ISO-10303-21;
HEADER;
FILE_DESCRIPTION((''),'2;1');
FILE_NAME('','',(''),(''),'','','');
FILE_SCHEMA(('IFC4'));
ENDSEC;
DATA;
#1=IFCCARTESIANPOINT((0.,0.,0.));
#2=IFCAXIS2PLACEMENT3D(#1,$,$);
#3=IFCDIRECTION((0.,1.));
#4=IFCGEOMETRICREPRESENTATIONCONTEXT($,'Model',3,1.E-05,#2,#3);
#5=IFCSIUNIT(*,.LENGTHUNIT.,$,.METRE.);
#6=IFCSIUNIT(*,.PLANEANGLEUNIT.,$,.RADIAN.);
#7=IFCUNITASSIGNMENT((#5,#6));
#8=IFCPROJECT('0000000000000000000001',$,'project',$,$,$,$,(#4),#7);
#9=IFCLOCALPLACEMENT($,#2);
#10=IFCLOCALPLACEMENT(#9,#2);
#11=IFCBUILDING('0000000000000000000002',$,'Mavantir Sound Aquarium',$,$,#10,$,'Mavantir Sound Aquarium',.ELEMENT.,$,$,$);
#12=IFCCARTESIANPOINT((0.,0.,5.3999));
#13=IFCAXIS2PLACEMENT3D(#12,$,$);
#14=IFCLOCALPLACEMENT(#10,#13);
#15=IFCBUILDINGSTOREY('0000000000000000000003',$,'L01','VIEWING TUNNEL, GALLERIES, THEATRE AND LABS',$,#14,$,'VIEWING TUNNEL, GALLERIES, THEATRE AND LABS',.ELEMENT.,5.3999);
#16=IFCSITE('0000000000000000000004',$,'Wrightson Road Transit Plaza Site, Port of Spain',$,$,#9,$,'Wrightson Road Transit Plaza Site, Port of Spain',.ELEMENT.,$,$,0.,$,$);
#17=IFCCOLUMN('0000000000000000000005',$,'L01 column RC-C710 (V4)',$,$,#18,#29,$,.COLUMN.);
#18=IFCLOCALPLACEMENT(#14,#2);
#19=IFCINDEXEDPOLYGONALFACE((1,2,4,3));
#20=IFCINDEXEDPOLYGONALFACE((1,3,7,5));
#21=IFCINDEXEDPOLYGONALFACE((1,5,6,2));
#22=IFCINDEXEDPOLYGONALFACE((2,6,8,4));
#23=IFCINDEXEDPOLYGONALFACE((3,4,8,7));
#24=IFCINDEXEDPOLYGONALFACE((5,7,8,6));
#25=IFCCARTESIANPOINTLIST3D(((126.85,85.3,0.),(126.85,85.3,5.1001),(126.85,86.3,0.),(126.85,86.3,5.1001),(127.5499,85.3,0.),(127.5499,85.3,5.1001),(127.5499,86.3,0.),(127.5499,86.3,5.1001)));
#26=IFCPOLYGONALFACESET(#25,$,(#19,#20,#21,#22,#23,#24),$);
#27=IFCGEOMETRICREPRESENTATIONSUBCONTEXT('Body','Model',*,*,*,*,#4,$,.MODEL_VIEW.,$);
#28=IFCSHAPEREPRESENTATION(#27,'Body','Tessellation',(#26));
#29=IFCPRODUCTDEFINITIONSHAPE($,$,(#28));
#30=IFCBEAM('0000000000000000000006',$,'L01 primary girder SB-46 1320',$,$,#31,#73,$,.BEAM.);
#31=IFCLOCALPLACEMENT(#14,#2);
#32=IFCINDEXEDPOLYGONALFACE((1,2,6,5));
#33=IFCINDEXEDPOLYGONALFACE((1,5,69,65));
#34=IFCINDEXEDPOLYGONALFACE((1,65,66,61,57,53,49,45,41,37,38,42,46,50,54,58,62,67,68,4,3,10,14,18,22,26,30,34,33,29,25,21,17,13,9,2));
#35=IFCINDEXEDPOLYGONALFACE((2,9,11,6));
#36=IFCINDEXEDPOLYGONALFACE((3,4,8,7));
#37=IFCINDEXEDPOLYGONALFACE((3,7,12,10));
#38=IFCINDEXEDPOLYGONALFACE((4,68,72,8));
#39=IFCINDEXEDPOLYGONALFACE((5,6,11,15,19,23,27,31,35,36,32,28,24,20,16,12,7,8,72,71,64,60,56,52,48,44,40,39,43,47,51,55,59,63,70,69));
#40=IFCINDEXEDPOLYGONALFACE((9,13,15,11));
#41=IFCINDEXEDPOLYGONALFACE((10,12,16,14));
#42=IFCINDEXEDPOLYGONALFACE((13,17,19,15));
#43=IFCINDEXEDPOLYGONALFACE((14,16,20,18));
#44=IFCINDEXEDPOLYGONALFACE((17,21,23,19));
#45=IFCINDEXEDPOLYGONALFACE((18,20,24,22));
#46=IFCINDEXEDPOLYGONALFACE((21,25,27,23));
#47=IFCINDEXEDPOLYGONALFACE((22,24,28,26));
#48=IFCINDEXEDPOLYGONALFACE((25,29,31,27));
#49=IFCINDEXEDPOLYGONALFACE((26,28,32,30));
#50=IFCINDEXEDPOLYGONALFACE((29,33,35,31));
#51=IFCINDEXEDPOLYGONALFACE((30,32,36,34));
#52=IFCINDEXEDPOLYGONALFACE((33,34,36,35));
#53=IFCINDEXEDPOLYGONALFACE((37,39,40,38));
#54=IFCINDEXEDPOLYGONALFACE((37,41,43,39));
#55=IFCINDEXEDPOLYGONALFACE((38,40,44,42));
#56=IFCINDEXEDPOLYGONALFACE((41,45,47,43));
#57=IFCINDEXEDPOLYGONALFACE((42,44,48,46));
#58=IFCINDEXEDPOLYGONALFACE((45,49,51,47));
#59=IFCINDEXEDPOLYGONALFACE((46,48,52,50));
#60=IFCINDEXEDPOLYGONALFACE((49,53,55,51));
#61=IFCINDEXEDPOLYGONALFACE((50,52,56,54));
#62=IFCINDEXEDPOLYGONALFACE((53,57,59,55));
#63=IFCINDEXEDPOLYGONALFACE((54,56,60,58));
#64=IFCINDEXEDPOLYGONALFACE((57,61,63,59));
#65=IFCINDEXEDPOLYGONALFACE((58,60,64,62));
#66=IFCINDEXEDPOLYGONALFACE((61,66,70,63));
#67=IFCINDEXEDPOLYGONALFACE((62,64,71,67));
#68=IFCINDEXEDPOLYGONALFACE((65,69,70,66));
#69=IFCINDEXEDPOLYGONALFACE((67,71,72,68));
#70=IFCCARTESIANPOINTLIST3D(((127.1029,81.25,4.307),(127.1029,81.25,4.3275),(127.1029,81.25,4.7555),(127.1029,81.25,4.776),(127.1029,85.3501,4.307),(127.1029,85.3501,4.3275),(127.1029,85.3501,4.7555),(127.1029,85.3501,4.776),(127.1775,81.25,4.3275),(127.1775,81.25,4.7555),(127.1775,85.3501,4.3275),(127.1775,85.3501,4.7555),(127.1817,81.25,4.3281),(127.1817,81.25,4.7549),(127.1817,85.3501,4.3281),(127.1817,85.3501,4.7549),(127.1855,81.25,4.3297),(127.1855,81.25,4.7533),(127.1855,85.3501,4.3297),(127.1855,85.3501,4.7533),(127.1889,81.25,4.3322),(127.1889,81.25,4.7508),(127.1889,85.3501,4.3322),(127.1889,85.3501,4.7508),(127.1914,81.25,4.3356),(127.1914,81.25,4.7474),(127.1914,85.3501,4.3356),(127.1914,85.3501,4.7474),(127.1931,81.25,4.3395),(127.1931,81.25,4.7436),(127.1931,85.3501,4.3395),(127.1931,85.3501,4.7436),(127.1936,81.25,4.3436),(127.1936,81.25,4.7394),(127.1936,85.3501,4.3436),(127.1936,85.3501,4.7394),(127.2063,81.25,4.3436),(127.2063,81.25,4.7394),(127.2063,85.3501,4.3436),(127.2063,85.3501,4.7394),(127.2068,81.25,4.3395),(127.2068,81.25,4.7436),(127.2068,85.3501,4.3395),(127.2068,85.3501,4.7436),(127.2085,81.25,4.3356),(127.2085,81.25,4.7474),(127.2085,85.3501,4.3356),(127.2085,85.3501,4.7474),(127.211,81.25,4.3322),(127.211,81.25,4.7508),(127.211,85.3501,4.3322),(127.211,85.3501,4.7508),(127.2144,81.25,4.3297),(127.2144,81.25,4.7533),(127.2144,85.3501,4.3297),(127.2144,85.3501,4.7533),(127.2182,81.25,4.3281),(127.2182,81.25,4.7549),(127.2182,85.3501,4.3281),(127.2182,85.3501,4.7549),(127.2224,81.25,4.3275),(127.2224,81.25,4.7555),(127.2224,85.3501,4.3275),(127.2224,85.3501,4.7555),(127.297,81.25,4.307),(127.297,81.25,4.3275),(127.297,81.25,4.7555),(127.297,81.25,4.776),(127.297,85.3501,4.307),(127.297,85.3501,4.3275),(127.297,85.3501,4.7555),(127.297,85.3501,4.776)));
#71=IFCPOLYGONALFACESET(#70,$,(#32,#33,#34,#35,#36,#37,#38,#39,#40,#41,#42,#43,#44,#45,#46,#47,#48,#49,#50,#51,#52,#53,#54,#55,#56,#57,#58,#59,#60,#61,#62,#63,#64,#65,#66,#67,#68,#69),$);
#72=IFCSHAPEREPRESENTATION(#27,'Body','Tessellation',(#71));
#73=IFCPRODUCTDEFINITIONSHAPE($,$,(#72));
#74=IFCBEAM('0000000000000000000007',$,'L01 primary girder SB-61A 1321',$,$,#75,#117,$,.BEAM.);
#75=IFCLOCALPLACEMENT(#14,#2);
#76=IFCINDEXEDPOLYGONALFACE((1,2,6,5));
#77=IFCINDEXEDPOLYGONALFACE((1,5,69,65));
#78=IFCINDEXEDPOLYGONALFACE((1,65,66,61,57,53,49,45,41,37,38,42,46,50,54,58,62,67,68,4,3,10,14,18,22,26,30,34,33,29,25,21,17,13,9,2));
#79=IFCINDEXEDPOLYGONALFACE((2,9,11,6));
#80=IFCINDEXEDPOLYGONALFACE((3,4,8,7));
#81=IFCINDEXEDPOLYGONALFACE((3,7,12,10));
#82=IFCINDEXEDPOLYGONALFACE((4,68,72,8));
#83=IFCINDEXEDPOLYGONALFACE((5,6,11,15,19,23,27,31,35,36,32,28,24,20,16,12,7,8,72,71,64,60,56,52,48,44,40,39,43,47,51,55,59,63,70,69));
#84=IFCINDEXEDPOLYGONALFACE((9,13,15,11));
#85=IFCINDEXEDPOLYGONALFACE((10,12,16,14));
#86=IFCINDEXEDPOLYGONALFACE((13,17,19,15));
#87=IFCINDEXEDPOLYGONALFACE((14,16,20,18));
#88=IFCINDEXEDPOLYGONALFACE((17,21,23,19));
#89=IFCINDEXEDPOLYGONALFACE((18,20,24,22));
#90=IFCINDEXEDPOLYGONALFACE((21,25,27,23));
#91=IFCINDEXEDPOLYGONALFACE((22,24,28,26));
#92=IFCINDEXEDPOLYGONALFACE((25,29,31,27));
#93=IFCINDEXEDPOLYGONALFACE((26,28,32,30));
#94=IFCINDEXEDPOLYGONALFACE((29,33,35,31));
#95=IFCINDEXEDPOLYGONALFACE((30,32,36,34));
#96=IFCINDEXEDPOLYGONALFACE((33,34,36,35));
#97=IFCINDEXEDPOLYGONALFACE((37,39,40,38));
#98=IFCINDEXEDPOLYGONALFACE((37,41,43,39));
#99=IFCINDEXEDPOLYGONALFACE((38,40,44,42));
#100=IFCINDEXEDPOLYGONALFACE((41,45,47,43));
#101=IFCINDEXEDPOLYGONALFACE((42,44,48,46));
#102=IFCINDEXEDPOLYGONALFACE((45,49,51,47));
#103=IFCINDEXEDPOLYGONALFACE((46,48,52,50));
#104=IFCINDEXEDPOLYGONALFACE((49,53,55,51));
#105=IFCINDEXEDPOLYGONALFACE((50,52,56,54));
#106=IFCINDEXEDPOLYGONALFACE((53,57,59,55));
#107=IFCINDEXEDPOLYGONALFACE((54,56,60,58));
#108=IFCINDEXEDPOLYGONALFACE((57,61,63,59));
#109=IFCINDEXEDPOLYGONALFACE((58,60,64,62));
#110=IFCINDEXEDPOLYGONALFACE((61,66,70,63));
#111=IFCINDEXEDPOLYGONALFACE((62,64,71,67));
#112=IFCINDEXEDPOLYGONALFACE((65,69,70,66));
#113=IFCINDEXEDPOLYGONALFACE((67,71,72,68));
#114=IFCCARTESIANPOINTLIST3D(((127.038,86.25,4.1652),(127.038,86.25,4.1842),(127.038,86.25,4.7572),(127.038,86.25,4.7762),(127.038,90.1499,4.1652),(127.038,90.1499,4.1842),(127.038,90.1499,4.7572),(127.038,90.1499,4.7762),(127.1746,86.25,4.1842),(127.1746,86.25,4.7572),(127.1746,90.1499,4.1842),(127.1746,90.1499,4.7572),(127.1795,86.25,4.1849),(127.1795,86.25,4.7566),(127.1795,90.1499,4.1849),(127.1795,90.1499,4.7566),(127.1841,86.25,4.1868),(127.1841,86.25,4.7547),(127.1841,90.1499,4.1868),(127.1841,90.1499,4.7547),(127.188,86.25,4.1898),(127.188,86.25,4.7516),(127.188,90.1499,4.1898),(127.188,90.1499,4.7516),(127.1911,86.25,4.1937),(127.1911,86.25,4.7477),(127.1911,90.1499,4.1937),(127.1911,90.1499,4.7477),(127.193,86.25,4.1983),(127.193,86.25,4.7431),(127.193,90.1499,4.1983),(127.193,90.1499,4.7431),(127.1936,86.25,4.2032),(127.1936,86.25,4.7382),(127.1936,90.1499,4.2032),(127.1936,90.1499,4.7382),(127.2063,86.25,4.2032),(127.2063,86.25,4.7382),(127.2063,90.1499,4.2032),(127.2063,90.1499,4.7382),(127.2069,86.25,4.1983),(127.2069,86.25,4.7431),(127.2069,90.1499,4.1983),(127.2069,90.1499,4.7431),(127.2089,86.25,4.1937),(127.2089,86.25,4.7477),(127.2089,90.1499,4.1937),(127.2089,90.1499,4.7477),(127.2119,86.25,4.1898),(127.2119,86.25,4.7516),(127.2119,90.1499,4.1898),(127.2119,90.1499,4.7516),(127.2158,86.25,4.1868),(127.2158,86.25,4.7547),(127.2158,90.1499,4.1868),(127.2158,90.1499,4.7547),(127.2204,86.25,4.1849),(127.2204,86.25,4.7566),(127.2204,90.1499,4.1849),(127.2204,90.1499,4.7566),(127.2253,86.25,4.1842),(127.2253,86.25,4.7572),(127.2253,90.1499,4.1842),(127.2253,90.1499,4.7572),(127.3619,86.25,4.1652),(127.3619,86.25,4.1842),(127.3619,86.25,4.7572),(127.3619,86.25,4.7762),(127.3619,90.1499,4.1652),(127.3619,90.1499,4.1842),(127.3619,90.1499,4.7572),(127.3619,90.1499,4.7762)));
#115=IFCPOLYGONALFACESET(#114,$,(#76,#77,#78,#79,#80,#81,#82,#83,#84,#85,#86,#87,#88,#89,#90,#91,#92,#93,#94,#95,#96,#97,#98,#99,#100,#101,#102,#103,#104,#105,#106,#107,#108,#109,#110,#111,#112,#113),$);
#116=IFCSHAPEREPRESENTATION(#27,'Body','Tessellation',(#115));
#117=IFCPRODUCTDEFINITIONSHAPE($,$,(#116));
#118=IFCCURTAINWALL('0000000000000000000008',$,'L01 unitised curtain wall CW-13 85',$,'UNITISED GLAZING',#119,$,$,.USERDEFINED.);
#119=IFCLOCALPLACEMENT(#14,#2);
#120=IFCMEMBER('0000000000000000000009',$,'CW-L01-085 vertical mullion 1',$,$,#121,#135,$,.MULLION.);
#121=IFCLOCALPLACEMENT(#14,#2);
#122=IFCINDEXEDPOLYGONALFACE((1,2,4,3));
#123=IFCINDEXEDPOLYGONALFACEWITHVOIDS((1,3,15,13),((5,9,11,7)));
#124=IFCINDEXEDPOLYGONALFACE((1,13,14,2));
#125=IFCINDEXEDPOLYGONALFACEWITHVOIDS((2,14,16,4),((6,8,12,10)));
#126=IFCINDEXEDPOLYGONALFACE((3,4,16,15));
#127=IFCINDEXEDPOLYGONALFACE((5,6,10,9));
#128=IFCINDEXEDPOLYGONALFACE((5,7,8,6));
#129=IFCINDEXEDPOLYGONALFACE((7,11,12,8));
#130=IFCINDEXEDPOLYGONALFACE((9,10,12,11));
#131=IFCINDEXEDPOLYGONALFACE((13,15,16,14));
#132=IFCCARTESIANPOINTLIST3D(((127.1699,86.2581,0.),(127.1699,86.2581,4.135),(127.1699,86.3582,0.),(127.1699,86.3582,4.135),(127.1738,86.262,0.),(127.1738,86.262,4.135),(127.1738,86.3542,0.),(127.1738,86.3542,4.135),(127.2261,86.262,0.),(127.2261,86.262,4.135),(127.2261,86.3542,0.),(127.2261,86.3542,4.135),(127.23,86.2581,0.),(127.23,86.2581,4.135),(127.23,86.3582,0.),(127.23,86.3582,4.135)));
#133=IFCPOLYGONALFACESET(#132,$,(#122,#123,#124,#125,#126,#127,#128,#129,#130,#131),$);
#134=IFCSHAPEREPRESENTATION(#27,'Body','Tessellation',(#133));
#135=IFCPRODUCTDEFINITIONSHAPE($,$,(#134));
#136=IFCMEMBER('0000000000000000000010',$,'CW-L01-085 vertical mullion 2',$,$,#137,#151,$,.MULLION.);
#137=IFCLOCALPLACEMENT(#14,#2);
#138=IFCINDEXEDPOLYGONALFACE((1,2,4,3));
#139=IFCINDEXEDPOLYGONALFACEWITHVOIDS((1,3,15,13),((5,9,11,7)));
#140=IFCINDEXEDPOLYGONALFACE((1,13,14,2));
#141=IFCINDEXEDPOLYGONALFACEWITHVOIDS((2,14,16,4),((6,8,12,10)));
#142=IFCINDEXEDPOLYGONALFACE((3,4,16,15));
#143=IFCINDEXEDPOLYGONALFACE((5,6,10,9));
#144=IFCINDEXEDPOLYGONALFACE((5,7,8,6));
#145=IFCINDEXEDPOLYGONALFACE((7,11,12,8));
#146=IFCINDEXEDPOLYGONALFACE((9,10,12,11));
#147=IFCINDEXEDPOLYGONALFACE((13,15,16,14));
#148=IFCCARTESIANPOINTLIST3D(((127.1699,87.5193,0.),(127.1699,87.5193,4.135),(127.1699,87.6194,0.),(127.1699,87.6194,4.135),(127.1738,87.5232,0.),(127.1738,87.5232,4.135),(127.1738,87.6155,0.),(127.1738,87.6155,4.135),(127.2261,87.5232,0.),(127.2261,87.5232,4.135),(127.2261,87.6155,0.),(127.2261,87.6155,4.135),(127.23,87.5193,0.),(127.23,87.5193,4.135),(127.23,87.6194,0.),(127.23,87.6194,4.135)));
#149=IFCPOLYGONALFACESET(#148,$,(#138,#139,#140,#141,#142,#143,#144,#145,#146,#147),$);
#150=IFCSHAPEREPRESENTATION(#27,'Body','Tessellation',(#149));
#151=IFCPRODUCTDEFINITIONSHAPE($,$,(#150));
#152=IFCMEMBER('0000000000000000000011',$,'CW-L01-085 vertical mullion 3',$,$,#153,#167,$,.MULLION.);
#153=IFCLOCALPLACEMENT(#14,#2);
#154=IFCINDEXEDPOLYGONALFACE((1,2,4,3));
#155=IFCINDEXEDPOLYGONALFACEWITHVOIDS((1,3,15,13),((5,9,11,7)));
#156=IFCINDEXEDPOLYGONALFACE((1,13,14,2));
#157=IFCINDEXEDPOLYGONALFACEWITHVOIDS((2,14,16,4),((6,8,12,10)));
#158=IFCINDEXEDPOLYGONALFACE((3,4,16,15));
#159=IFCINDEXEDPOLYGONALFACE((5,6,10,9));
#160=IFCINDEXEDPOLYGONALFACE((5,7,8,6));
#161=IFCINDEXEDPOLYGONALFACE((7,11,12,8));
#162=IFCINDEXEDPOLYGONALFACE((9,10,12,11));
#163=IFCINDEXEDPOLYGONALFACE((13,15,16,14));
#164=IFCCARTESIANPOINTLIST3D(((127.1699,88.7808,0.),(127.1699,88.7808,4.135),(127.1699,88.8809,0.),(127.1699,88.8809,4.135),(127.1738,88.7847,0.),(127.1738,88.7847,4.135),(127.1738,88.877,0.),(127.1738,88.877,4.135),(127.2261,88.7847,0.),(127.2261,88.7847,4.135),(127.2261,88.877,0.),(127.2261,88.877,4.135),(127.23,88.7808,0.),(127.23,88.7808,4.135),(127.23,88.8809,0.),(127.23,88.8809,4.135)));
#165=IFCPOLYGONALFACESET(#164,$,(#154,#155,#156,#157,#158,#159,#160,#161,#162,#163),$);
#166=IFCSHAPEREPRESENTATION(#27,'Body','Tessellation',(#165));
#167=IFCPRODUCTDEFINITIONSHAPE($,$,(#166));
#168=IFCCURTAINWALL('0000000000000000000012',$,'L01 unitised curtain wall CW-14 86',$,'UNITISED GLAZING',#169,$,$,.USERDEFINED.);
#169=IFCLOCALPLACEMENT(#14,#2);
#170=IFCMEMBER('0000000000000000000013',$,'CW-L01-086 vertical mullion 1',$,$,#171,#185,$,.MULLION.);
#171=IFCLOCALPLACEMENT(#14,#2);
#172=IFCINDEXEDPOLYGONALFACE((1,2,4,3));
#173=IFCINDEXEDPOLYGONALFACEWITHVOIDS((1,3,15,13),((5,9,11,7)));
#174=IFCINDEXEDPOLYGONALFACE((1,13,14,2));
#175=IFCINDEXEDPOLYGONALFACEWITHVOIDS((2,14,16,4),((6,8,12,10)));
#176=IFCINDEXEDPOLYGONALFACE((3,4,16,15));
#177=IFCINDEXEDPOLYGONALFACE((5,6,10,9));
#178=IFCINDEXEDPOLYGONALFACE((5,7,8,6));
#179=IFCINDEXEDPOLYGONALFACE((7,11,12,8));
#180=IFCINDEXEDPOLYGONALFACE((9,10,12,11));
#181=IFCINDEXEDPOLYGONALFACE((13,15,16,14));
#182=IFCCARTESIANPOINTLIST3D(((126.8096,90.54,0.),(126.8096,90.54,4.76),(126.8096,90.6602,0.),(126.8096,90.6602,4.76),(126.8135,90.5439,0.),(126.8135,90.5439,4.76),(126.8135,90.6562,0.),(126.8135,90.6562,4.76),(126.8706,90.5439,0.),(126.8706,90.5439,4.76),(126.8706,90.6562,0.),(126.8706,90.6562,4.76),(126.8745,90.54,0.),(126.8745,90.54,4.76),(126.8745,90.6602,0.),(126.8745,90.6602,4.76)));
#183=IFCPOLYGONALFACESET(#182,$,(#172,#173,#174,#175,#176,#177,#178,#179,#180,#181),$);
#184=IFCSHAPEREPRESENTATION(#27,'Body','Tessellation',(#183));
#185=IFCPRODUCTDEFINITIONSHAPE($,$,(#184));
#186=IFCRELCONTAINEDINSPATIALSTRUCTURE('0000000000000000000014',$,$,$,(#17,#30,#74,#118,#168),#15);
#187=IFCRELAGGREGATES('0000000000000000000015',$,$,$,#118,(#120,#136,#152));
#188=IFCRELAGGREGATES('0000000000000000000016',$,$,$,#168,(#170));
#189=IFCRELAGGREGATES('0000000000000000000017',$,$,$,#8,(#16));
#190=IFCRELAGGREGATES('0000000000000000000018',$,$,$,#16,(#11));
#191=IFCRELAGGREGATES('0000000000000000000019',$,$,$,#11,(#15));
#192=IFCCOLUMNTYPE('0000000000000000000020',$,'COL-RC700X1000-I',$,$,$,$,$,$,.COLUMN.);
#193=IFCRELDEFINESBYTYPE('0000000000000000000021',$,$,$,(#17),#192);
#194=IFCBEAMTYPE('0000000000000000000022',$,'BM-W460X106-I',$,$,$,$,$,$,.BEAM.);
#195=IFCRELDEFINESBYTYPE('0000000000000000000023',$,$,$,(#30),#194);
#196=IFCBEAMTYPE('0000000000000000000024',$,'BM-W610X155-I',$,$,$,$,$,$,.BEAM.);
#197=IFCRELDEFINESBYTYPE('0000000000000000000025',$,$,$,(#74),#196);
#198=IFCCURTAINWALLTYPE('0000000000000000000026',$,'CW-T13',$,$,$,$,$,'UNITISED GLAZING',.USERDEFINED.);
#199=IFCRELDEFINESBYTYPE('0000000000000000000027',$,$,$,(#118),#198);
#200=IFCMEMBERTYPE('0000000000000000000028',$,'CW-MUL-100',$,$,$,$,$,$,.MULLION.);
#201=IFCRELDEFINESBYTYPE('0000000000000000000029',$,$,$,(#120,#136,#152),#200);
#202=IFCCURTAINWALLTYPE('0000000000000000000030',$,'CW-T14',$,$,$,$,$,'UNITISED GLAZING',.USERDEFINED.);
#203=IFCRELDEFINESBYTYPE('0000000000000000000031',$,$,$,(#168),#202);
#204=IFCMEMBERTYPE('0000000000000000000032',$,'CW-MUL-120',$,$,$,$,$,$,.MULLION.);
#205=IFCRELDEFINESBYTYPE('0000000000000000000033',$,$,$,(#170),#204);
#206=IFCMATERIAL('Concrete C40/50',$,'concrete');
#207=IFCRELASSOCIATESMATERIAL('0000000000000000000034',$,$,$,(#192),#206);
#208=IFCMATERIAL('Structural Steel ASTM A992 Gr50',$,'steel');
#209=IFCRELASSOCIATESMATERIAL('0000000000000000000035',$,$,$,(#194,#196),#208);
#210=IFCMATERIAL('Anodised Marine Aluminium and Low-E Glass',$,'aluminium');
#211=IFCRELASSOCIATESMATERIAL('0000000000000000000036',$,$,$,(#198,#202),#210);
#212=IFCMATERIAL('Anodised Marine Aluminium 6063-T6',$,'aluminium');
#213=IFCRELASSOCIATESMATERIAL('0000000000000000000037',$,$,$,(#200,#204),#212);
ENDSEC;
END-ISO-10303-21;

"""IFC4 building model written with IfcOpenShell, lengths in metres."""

from ifc_helpers import new_model, si_unit, direction, frame, origin, origin_2d, place, context, subcontext, project, spatial, rectangle, hollow_rectangle, i_section, extrude, material, material_profile, profile_set, type_object, element, aggregate, save


model = new_model("IFC4")

# Units and contexts
model_context = context("Model", 3, precision=1e-05, world=origin(), true_north=direction((0.0, 1.0)))
body_context = subcontext(model_context, "Body", "Model", "MODEL_VIEW")
ifc_project = project(units=[si_unit("LENGTHUNIT", "METRE"), si_unit("PLANEANGLEUNIT", "RADIAN")], contexts=[model_context])

# Site, building, storey
site_placement = place(None, origin())
site = spatial("IfcSite", under=ifc_project, at=site_placement, Name="Wrightson Road Transit Plaza Site, Port of Spain", LongName="Wrightson Road Transit Plaza Site, Port of Spain", CompositionType="ELEMENT", RefElevation=0.0)
building_placement = place(site_placement, origin())
building = spatial("IfcBuilding", under=site, at=building_placement, Name="Mavantir Sound Aquarium", LongName="Mavantir Sound Aquarium", CompositionType="ELEMENT")
storey_placement = place(building_placement, frame((0.0, 0.0, 5.3999)))
storey = spatial("IfcBuildingStorey", under=building, at=storey_placement, Name="L01", Description="VIEWING TUNNEL, GALLERIES, THEATRE AND LABS", LongName="VIEWING TUNNEL, GALLERIES, THEATRE AND LABS", CompositionType="ELEMENT", Elevation=5.3999)

# Column
ifc_material_1 = material(Name="Concrete C40/50", Category="concrete")
ifc_material_profile_1 = material_profile(ifc_material_1, rectangle(XDim=0.7, YDim=1.0, at=origin_2d()), Name="RC 700X1000")
ifc_profile_set_1 = profile_set([ifc_material_profile_1], Name="Concrete C40/50")
column_type = type_object("IfcColumnType", Name="COL-RC700X1000-I", PredefinedType="COLUMN", material=ifc_profile_set_1)
column_placement = place(storey_placement, frame((127.2, 85.8, 0.0), z_axis=(0.0, 0.0, 1.0), x_axis=(1.0, 0.0, 0.0)))
element("IfcColumn", 1, at=column_placement, inside=storey, type_object=column_type, Name="L01 column RC-C710 (V4)", PredefinedType="COLUMN", context=body_context, shape_type="SweptSolid", body=[
    extrude(rectangle(XDim=0.7, YDim=1.0, at=origin_2d()), origin(), (0.0, 0.0, 1.0), 5.1001),
])

# Beams
ifc_material_2 = material(Name="Structural Steel ASTM A992 Gr50", Category="steel")
ifc_material_profile_2 = material_profile(ifc_material_2, i_section(OverallWidth=0.1941, OverallDepth=0.469, WebThickness=0.0127, FlangeThickness=0.0205, FilletRadius=0.0161, at=origin_2d()), Name="W460X106")
ifc_profile_set_2 = profile_set([ifc_material_profile_2], Name="Structural Steel ASTM A992 Gr50")
beam_type_1 = type_object("IfcBeamType", Name="BM-W460X106-I", PredefinedType="BEAM", material=ifc_profile_set_2)
beam_1_placement = place(storey_placement, frame((127.2, 81.25, 4.5415), z_axis=(0.0, 1.0, 0.0), x_axis=(-1.0, 0.0, 0.0)))
element("IfcBeam", 2, at=beam_1_placement, inside=storey, type_object=beam_type_1, Name="L01 primary girder SB-46 1320", PredefinedType="BEAM", context=body_context, shape_type="SweptSolid", body=[
    extrude(i_section(OverallWidth=0.1941, OverallDepth=0.469, WebThickness=0.0127, FlangeThickness=0.0205, FilletRadius=0.0161, at=origin_2d()), origin(), (0.0, 0.0, 1.0), 4.1001),
])
ifc_material_profile_3 = material_profile(ifc_material_2, i_section(OverallWidth=0.324, OverallDepth=0.6111, WebThickness=0.0127, FlangeThickness=0.019, FilletRadius=0.019, at=origin_2d()), Name="W610X155")
ifc_profile_set_3 = profile_set([ifc_material_profile_3], Name="Structural Steel ASTM A992 Gr50")
beam_type_2 = type_object("IfcBeamType", Name="BM-W610X155-I", PredefinedType="BEAM", material=ifc_profile_set_3)
beam_2_placement = place(storey_placement, frame((127.2, 86.25, 4.4707), z_axis=(0.0, 1.0, 0.0), x_axis=(-1.0, 0.0, 0.0)))
element("IfcBeam", 3, at=beam_2_placement, inside=storey, type_object=beam_type_2, Name="L01 primary girder SB-61A 1321", PredefinedType="BEAM", context=body_context, shape_type="SweptSolid", body=[
    extrude(i_section(OverallWidth=0.324, OverallDepth=0.6111, WebThickness=0.0127, FlangeThickness=0.019, FilletRadius=0.019, at=origin_2d()), origin(), (0.0, 0.0, 1.0), 3.8999),
])

# Curtain walls, members
ifc_material_3 = material(Name="Anodised Marine Aluminium and Low-E Glass", Category="aluminium")
curtain_wall_type_1 = type_object("IfcCurtainWallType", Name="CW-T13", ElementType="UNITISED GLAZING", PredefinedType="USERDEFINED", material=ifc_material_3)
curtain_wall_1_placement = place(storey_placement, origin())
curtain_wall_1 = element("IfcCurtainWall", 4, at=curtain_wall_1_placement, inside=storey, type_object=curtain_wall_type_1, Name="L01 unitised curtain wall CW-13 85", ObjectType="UNITISED GLAZING", PredefinedType="USERDEFINED")
ifc_material_4 = material(Name="Anodised Marine Aluminium 6063-T6", Category="aluminium")
ifc_material_profile_4 = material_profile(ifc_material_4, hollow_rectangle(XDim=0.0601, YDim=0.1001, WallThickness=0.0039, at=origin_2d()), Name="ALU-MULLION-100X60")
ifc_profile_set_4 = profile_set([ifc_material_profile_4], Name="Anodised Marine Aluminium 6063-T6")
member_type_1 = type_object("IfcMemberType", Name="CW-MUL-100", PredefinedType="MULLION", material=ifc_profile_set_4)
member_1_placement = place(storey_placement, frame((127.2, 86.3081, 0.0), z_axis=(0.0, 0.0, 1.0), x_axis=(1.0, 0.0, 0.0)))
member_1 = element("IfcMember", 5, at=member_1_placement, type_object=member_type_1, Name="CW-L01-085 vertical mullion 1", PredefinedType="MULLION", context=body_context, shape_type="SweptSolid", body=[
    extrude(hollow_rectangle(XDim=0.0601, YDim=0.1001, WallThickness=0.0039, at=origin_2d()), origin(), (0.0, 0.0, 1.0), 4.135),
])
member_2_placement = place(storey_placement, frame((127.2, 87.5693, 0.0), z_axis=(0.0, 0.0, 1.0), x_axis=(1.0, 0.0, 0.0)))
member_2 = element("IfcMember", 6, at=member_2_placement, type_object=member_type_1, Name="CW-L01-085 vertical mullion 2", PredefinedType="MULLION", context=body_context, shape_type="SweptSolid", body=[
    extrude(hollow_rectangle(XDim=0.0601, YDim=0.1001, WallThickness=0.0039, at=origin_2d()), origin(), (0.0, 0.0, 1.0), 4.135),
])
member_3_placement = place(storey_placement, frame((127.2, 88.8308, 0.0), z_axis=(0.0, 0.0, 1.0), x_axis=(1.0, 0.0, 0.0)))
member_3 = element("IfcMember", 7, at=member_3_placement, type_object=member_type_1, Name="CW-L01-085 vertical mullion 3", PredefinedType="MULLION", context=body_context, shape_type="SweptSolid", body=[
    extrude(hollow_rectangle(XDim=0.0601, YDim=0.1001, WallThickness=0.0039, at=origin_2d()), origin(), (0.0, 0.0, 1.0), 4.135),
])
curtain_wall_type_2 = type_object("IfcCurtainWallType", Name="CW-T14", ElementType="UNITISED GLAZING", PredefinedType="USERDEFINED", material=ifc_material_3)
curtain_wall_2_placement = place(storey_placement, origin())
curtain_wall_2 = element("IfcCurtainWall", 8, at=curtain_wall_2_placement, inside=storey, type_object=curtain_wall_type_2, Name="L01 unitised curtain wall CW-14 86", ObjectType="UNITISED GLAZING", PredefinedType="USERDEFINED")
ifc_material_profile_5 = material_profile(ifc_material_4, hollow_rectangle(XDim=0.0649, YDim=0.1201, WallThickness=0.0039, at=origin_2d()), Name="ALU-MULLION-120X65")
ifc_profile_set_5 = profile_set([ifc_material_profile_5], Name="Anodised Marine Aluminium 6063-T6")
member_type_2 = type_object("IfcMemberType", Name="CW-MUL-120", PredefinedType="MULLION", material=ifc_profile_set_5)
member_4_placement = place(storey_placement, frame((126.842, 90.6001, 0.0), z_axis=(0.0, 0.0, 1.0), x_axis=(1.0, 0.0, 0.0)))
member_4 = element("IfcMember", 9, at=member_4_placement, type_object=member_type_2, Name="CW-L01-086 vertical mullion 1", PredefinedType="MULLION", context=body_context, shape_type="SweptSolid", body=[
    extrude(hollow_rectangle(XDim=0.0649, YDim=0.1201, WallThickness=0.0039, at=origin_2d()), origin(), (0.0, 0.0, 1.0), 4.76),
])

aggregate(curtain_wall_1, [member_1, member_2, member_3])
aggregate(curtain_wall_2, [member_4])

save(model, "model.ifc")
